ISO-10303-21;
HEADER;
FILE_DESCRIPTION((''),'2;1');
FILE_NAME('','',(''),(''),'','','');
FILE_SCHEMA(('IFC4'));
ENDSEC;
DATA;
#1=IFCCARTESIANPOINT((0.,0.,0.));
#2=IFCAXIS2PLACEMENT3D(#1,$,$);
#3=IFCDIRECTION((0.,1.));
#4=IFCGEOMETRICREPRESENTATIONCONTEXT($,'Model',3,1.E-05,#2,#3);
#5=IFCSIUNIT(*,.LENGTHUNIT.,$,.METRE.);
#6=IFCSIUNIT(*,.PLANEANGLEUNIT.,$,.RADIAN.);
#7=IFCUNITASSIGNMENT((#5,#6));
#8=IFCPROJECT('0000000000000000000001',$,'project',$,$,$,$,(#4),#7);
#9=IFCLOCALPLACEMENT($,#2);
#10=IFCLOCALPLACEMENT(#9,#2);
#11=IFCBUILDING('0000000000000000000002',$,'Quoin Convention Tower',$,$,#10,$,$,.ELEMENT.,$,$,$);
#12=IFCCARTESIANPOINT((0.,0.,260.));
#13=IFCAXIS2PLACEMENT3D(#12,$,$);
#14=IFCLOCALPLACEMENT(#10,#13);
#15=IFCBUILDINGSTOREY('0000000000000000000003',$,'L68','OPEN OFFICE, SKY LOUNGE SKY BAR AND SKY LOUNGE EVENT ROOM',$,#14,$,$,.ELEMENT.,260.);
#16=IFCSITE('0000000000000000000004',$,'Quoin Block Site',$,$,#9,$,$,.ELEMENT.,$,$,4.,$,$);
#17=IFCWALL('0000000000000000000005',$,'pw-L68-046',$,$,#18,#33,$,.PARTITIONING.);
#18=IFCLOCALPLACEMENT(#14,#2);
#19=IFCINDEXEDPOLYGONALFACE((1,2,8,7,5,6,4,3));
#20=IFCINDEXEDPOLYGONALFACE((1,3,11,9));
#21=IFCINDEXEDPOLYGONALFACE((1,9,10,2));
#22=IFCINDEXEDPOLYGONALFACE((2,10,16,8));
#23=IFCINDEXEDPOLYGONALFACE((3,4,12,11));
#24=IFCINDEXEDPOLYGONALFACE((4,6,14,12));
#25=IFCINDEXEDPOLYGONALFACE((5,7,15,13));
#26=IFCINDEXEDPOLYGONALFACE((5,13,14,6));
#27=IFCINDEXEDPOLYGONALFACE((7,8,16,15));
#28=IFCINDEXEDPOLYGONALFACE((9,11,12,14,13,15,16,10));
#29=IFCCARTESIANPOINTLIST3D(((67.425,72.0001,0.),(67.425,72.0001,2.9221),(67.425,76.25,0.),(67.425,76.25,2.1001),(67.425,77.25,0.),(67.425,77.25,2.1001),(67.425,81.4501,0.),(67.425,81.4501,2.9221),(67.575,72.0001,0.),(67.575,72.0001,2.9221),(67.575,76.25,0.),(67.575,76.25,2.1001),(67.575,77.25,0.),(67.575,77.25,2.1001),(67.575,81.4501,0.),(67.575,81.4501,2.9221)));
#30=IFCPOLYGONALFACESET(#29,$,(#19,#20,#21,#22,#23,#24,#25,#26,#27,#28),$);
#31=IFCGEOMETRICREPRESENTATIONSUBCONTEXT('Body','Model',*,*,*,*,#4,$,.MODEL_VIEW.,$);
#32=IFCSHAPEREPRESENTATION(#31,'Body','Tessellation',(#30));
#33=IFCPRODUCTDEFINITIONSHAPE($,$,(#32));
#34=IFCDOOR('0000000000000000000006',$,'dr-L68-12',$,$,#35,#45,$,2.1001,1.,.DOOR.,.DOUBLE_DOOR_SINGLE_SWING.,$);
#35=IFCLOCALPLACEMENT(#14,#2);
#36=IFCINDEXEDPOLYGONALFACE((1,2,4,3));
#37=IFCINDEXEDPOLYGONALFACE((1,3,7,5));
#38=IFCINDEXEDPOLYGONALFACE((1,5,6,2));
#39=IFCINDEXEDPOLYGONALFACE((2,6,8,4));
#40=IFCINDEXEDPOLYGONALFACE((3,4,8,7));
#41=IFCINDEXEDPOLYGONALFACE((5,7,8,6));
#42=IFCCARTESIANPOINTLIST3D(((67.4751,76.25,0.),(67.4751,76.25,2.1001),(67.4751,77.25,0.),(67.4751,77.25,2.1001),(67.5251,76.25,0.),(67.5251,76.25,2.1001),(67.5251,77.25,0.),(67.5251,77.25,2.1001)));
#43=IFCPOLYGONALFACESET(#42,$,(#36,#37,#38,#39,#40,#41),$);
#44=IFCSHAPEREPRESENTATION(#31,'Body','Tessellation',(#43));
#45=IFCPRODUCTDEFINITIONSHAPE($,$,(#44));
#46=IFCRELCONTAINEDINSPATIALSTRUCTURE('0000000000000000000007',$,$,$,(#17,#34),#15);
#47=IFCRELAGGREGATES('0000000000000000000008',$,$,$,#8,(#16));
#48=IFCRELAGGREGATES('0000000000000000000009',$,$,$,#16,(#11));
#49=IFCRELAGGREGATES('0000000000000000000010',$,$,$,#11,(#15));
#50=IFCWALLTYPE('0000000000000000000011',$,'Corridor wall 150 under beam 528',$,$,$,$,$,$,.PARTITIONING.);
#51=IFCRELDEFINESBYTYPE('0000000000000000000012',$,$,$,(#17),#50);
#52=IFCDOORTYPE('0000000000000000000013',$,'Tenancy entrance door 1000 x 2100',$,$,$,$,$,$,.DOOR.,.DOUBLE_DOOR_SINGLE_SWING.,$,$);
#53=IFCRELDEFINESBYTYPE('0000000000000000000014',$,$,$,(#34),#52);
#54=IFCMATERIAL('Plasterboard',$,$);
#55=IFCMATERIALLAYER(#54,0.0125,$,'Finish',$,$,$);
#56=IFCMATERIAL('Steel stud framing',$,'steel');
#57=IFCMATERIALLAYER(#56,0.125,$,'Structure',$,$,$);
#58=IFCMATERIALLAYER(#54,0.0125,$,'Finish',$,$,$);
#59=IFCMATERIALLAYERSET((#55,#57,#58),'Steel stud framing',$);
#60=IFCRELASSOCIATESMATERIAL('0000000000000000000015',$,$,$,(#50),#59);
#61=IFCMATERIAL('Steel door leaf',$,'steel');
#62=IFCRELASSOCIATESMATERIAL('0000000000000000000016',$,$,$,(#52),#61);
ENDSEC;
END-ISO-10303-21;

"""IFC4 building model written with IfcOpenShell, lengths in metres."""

from ifc_helpers import new_model, si_unit, direction, frame, frame_2d, origin, place, context, subcontext, project, spatial, rectangle, extrude, material, layer, layer_set, type_object, element, fill, save


model = new_model("IFC4")

# Units and contexts
model_context = context("Model", 3, precision=1e-05, world=origin(), true_north=direction((0.0, 1.0)))
body_context = subcontext(model_context, "Body", "Model", "MODEL_VIEW")
ifc_project = project(units=[si_unit("LENGTHUNIT", "METRE"), si_unit("PLANEANGLEUNIT", "RADIAN")], contexts=[model_context])

# Site, building, storey
site_placement = place(None, origin())
site = spatial("IfcSite", under=ifc_project, at=site_placement, Name="Quoin Block Site", CompositionType="ELEMENT", RefElevation=4.0)
building_placement = place(site_placement, origin())
building = spatial("IfcBuilding", under=site, at=building_placement, Name="Quoin Convention Tower", CompositionType="ELEMENT")
storey_placement = place(building_placement, frame((0.0, 0.0, 260.0)))
storey = spatial("IfcBuildingStorey", under=building, at=storey_placement, Name="L68", Description="OPEN OFFICE, SKY LOUNGE SKY BAR AND SKY LOUNGE EVENT ROOM", CompositionType="ELEMENT", Elevation=260.0)

# Wall, opening, door
ifc_material_1 = material(Name="Plasterboard")
ifc_layer_1 = layer(ifc_material_1, 0.0125, Name="Finish")
ifc_material_2 = material(Name="Steel stud framing", Category="steel")
ifc_layer_2 = layer(ifc_material_2, 0.125, Name="Structure")
ifc_layer_3 = layer(ifc_material_1, 0.0125, Name="Finish")
ifc_layer_set_1 = layer_set([ifc_layer_1, ifc_layer_2, ifc_layer_3], Name="Steel stud framing")
wall_type_1 = type_object("IfcWallType", Name="Corridor wall 150 under beam 528", PredefinedType="PARTITIONING", material=ifc_layer_set_1)
wall_1_placement = place(storey_placement, frame((67.5, 72.0, 0.0), z_axis=(0.0, 0.0, 1.0), x_axis=(0.0, 1.0, 0.0)))
wall_1 = element("IfcWall", 1, at=wall_1_placement, inside=storey, type_object=wall_type_1, Name="pw-L68-046", PredefinedType="PARTITIONING", context=body_context, shape_type="SweptSolid", body=[
    extrude(rectangle(XDim=9.45, YDim=0.1499, at=frame_2d((4.7251, 0.0))), origin(), (0.0, 0.0, 1.0), 2.9221),
])
opening_1_placement = place(wall_1_placement, frame((4.25, 0.0, 0.0)))
opening_1 = element("IfcOpeningElement", 2, at=opening_1_placement, cuts=wall_1, PredefinedType="OPENING", context=body_context, shape_type="SweptSolid", body=[
    extrude(rectangle(XDim=1.0, YDim=2.1001, at=frame_2d((0.5, 1.05))), frame((0.0, 0.085, 0.0), z_axis=(0.0, -1.0, 0.0), x_axis=(1.0, 0.0, 0.0)), (0.0, 0.0, 1.0), 0.1699),
])
ifc_material_3 = material(Name="Steel door leaf", Category="steel")
door_type = type_object("IfcDoorType", Name="Tenancy entrance door 1000 x 2100", OperationType="DOUBLE_DOOR_SINGLE_SWING", PredefinedType="DOOR", material=ifc_material_3)
door_placement = place(opening_1_placement, origin())
door = element("IfcDoor", 3, at=door_placement, inside=storey, type_object=door_type, Name="dr-L68-12", OperationType="DOUBLE_DOOR_SINGLE_SWING", OverallHeight=2.1001, OverallWidth=1.0, PredefinedType="DOOR", context=body_context, shape_type="SweptSolid", body=[
    extrude(rectangle(XDim=1.0, YDim=2.1001, at=frame_2d((0.5, 1.05))), frame((0.0, 0.0249, 0.0), z_axis=(0.0, -1.0, 0.0), x_axis=(1.0, 0.0, 0.0)), (0.0, 0.0, 1.0), 0.05),
])
fill(opening_1, door)

save(model, "model.ifc")
